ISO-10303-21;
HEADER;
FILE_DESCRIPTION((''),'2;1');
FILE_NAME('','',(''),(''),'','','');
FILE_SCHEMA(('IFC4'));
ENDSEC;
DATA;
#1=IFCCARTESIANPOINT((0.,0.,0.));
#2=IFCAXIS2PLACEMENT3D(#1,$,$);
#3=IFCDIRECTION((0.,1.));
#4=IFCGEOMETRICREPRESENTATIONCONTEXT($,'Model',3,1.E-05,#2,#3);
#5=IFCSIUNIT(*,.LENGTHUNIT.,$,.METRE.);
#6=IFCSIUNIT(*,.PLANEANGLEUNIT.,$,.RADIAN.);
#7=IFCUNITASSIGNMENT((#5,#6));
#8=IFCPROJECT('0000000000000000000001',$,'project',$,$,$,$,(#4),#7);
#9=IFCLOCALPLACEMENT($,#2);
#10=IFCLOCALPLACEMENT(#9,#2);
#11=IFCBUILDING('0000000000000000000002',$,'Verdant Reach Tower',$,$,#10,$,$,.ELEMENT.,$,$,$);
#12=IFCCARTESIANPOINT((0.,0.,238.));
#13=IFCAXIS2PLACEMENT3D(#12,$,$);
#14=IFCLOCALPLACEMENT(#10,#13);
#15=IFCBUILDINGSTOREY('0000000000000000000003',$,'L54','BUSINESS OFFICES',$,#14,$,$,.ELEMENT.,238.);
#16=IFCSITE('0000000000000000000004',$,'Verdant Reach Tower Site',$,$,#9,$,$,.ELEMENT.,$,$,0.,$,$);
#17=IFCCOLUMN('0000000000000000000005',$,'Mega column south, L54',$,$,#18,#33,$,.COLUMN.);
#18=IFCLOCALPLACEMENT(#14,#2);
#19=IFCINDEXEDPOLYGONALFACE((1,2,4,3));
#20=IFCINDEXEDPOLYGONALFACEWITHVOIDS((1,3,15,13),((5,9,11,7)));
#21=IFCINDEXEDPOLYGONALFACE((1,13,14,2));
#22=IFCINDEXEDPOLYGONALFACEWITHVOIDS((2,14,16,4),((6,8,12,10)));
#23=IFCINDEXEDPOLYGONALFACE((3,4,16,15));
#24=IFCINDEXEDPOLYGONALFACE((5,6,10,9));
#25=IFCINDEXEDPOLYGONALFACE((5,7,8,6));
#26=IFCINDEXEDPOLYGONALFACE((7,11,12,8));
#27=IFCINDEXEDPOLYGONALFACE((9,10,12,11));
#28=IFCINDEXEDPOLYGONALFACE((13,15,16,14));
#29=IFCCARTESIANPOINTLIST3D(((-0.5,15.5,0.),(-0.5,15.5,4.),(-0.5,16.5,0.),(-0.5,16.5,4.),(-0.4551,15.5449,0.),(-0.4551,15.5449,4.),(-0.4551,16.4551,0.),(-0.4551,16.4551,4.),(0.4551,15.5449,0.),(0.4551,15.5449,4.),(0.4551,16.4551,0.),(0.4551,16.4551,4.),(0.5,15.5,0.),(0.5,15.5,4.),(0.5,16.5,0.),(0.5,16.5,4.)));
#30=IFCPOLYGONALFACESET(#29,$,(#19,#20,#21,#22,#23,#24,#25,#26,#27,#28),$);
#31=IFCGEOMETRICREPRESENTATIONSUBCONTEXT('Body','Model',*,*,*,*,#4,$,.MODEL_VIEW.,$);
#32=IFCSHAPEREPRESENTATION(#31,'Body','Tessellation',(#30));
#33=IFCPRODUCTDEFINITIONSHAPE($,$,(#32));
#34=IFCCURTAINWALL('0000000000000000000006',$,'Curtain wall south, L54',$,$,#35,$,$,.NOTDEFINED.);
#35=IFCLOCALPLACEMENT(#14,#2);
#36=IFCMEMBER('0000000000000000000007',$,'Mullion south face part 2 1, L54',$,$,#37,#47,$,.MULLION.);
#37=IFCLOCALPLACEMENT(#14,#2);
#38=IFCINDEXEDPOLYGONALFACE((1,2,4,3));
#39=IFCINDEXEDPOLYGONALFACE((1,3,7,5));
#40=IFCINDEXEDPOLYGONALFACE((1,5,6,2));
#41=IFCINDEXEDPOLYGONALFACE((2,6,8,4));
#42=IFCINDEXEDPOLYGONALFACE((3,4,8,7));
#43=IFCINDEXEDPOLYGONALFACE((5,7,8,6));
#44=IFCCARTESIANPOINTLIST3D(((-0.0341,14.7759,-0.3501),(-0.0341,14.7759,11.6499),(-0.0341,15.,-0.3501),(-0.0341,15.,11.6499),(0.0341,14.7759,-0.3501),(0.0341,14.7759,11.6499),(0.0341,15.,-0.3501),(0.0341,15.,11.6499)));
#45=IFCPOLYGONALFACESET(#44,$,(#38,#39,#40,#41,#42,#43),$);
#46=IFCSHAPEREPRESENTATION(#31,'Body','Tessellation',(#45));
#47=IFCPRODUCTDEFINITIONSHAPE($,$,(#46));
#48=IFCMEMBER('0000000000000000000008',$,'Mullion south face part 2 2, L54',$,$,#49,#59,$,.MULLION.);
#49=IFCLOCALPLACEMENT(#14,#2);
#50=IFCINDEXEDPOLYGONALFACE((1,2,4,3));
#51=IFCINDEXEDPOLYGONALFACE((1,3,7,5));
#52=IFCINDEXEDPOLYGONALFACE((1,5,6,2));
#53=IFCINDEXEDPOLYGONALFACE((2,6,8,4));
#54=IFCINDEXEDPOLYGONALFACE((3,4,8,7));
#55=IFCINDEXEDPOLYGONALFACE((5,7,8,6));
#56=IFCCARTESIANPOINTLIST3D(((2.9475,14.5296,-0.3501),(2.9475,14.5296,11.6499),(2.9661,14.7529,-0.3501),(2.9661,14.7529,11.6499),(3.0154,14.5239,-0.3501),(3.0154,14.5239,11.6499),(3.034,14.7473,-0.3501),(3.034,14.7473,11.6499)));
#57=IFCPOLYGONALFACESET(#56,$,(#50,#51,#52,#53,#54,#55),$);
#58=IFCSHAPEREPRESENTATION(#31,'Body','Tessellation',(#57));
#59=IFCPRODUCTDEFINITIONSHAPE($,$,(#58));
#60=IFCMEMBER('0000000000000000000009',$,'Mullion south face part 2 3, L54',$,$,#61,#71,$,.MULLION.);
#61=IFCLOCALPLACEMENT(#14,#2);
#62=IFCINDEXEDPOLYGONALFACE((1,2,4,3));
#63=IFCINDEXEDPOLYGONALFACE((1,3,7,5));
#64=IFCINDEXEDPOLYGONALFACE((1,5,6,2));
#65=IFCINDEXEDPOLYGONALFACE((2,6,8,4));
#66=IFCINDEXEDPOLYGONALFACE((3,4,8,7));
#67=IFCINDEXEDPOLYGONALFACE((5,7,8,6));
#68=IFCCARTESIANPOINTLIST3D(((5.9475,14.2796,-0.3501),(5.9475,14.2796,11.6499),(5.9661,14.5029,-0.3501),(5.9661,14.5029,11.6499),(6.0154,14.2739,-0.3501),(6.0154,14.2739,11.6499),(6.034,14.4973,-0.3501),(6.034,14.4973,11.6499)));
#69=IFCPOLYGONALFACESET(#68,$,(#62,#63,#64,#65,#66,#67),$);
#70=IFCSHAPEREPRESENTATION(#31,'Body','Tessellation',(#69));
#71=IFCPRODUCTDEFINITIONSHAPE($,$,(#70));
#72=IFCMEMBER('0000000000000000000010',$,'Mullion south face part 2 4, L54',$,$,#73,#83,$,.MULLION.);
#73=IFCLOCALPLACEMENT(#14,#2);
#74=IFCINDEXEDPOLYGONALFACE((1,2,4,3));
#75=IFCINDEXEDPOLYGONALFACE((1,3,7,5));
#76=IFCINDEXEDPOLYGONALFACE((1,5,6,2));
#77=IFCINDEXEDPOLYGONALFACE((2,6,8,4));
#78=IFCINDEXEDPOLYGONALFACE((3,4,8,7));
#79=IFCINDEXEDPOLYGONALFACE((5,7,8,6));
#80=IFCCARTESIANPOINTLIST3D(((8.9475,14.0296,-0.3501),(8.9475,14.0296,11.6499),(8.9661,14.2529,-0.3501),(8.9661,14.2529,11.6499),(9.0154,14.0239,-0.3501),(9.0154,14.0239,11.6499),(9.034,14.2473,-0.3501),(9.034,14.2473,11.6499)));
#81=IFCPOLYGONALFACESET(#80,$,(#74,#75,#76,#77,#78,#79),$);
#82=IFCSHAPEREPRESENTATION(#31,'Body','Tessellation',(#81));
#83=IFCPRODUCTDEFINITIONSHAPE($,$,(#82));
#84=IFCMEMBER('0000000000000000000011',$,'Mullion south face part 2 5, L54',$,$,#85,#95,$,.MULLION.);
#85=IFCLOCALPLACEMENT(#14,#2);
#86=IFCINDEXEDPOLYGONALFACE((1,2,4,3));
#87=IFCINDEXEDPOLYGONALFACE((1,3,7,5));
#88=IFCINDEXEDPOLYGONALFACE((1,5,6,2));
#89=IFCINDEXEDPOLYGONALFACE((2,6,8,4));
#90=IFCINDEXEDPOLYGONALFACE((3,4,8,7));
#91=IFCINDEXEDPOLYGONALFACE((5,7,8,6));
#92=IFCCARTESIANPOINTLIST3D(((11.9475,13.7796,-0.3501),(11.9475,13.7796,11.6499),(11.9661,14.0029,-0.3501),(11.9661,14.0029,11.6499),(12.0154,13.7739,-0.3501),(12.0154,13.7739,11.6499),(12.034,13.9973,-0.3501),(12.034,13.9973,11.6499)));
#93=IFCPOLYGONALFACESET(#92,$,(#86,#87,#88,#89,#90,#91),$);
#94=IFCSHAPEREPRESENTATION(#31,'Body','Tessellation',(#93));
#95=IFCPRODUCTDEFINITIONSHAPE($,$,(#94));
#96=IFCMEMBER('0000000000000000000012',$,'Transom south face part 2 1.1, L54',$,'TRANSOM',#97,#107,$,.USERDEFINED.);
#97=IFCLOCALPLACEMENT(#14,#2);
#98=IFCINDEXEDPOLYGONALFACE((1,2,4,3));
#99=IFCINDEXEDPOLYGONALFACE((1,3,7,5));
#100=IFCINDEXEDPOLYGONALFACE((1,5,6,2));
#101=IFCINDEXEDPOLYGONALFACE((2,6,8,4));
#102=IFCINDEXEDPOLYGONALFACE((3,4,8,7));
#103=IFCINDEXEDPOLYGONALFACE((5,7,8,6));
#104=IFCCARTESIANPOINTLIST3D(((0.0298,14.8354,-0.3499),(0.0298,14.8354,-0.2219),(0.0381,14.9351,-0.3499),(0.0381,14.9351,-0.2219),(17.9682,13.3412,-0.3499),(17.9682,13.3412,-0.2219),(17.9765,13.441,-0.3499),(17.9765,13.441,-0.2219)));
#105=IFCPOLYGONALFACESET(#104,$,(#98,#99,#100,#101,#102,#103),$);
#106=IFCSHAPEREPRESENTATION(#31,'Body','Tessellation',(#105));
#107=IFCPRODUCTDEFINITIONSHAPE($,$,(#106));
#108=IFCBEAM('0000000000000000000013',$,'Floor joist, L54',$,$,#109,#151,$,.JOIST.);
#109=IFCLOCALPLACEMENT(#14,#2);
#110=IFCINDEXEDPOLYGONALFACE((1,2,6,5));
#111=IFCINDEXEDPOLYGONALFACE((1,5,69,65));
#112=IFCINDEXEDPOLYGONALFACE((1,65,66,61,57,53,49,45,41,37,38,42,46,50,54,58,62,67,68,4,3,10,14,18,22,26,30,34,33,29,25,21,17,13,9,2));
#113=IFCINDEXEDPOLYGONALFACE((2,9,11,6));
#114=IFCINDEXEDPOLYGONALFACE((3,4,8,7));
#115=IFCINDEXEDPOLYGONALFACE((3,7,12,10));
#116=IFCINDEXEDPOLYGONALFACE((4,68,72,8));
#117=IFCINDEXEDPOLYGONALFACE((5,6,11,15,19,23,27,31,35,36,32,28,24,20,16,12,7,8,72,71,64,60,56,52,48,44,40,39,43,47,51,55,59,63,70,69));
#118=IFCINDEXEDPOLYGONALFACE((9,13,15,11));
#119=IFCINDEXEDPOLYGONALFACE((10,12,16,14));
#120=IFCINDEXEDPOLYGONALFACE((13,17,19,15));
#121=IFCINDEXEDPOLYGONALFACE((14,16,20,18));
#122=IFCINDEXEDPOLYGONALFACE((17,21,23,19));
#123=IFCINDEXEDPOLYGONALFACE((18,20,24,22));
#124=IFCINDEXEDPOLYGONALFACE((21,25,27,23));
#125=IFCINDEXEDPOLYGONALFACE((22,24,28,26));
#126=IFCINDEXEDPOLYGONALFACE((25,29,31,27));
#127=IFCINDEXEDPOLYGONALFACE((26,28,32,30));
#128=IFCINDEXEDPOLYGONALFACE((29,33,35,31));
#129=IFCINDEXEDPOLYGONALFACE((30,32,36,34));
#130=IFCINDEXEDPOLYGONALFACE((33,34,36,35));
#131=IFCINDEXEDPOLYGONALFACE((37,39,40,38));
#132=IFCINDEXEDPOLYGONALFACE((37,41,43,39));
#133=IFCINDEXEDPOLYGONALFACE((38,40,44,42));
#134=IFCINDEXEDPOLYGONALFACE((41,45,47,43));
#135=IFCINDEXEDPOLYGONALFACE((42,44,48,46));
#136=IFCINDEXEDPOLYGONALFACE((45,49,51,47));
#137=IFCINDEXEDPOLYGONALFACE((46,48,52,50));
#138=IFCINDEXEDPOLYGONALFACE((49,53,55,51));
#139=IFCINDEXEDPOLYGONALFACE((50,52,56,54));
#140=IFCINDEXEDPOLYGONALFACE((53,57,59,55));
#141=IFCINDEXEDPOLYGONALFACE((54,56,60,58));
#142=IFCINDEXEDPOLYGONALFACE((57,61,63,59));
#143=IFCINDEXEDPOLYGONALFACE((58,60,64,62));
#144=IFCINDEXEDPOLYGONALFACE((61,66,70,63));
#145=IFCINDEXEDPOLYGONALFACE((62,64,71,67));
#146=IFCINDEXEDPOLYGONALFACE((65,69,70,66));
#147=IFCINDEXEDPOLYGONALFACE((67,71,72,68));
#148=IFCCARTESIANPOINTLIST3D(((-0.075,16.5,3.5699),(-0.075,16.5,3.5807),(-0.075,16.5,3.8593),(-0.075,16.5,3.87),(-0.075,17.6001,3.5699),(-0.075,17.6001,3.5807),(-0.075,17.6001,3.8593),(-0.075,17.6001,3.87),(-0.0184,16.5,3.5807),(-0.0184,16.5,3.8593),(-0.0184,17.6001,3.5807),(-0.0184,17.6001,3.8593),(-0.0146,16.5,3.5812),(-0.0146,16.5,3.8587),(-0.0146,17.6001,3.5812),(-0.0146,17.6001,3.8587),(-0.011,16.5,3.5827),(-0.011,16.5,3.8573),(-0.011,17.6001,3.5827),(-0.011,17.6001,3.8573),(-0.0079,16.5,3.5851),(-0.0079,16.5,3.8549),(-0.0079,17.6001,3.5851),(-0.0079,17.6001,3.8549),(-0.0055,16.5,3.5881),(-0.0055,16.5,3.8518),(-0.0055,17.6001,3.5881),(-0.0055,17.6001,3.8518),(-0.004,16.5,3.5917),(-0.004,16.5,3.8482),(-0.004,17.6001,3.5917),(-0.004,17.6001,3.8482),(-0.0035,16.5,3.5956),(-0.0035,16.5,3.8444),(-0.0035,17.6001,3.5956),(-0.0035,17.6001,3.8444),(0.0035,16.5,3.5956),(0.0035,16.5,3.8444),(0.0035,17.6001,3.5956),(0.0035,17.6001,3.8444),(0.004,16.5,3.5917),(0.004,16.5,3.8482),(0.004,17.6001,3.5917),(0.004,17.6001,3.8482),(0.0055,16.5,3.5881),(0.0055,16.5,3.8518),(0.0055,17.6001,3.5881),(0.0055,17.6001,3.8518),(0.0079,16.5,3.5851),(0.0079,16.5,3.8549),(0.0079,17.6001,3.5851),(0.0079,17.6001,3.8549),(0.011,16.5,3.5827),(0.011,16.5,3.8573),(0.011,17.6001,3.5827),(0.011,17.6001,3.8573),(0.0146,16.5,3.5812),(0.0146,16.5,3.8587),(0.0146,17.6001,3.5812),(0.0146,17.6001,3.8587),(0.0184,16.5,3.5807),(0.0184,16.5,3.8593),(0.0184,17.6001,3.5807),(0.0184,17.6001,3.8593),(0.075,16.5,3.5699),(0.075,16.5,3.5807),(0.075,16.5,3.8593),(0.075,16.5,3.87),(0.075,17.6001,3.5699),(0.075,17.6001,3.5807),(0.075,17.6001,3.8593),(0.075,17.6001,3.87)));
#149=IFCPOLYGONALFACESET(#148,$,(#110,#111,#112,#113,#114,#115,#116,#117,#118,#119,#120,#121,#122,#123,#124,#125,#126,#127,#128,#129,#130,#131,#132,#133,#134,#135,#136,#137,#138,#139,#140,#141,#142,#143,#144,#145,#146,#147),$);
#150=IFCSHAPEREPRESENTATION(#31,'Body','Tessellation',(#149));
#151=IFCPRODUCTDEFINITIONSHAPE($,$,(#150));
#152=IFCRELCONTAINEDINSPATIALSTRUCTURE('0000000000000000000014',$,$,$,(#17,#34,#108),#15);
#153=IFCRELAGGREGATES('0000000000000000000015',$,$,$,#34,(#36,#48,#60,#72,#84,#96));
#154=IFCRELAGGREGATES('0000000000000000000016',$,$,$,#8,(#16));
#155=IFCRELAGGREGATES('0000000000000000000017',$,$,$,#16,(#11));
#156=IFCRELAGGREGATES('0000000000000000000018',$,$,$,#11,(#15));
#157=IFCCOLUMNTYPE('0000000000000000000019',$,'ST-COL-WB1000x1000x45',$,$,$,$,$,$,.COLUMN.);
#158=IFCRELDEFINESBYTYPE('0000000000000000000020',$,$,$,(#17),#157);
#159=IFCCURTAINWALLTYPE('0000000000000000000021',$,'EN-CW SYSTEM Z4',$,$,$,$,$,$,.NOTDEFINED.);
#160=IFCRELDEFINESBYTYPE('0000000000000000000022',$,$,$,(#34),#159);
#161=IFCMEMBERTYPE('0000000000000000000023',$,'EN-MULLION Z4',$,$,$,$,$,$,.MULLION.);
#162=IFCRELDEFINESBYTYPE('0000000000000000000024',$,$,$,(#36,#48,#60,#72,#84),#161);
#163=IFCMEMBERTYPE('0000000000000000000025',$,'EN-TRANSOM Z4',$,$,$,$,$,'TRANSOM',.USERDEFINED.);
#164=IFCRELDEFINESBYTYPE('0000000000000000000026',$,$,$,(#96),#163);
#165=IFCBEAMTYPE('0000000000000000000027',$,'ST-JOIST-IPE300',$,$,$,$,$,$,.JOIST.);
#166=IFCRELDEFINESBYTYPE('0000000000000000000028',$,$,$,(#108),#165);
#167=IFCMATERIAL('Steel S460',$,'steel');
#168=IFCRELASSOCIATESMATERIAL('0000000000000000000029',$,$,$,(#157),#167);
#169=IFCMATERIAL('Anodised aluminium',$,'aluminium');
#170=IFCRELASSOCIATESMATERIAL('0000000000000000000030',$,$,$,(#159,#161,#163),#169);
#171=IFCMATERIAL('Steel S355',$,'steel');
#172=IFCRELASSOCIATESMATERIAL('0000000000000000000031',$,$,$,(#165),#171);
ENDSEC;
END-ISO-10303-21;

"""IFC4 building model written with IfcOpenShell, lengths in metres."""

from ifc_helpers import new_model, si_unit, direction, frame, origin, origin_2d, place, context, subcontext, project, spatial, rectangle, hollow_rectangle, i_section, extrude, material, material_profile, profile_set, type_object, element, aggregate, save


model = new_model("IFC4")

# Units and contexts
model_context = context("Model", 3, precision=1e-05, world=origin(), true_north=direction((0.0, 1.0)))
body_context = subcontext(model_context, "Body", "Model", "MODEL_VIEW")
ifc_project = project(units=[si_unit("LENGTHUNIT", "METRE"), si_unit("PLANEANGLEUNIT", "RADIAN")], contexts=[model_context])

# Site, building, storey
site_placement = place(None, origin())
site = spatial("IfcSite", under=ifc_project, at=site_placement, Name="Verdant Reach Tower Site", CompositionType="ELEMENT", RefElevation=0.0)
building_placement = place(site_placement, origin())
building = spatial("IfcBuilding", under=site, at=building_placement, Name="Verdant Reach Tower", CompositionType="ELEMENT")
storey_placement = place(building_placement, frame((0.0, 0.0, 238.0)))
storey = spatial("IfcBuildingStorey", under=building, at=storey_placement, Name="L54", Description="BUSINESS OFFICES", CompositionType="ELEMENT", Elevation=238.0)

# Column
ifc_material_1 = material(Name="Steel S460", Category="steel")
ifc_material_profile_1 = material_profile(ifc_material_1, hollow_rectangle(XDim=1.0, YDim=1.0, WallThickness=0.0449, at=origin_2d()), Name="WB 1000x1000x45")
ifc_profile_set_1 = profile_set([ifc_material_profile_1], Name="Steel S460")
column_type = type_object("IfcColumnType", Name="ST-COL-WB1000x1000x45", PredefinedType="COLUMN", material=ifc_profile_set_1)
column_placement = place(storey_placement, frame((0.0, 16.0, 0.0), z_axis=(0.0, 0.0, 1.0), x_axis=(1.0, 0.0, 0.0)))
element("IfcColumn", 1, at=column_placement, inside=storey, type_object=column_type, Name="Mega column south, L54", PredefinedType="COLUMN", context=body_context, shape_type="SweptSolid", body=[
    extrude(hollow_rectangle(XDim=1.0, YDim=1.0, WallThickness=0.0449, at=origin_2d()), origin(), (0.0, 0.0, 1.0), 4.0),
])

# Curtain wall, members
ifc_material_2 = material(Name="Anodised aluminium", Category="aluminium")
curtain_wall_type = type_object("IfcCurtainWallType", Name="EN-CW SYSTEM Z4", PredefinedType="NOTDEFINED", material=ifc_material_2)
curtain_wall_placement = place(storey_placement, origin())
curtain_wall = element("IfcCurtainWall", 2, at=curtain_wall_placement, inside=storey, type_object=curtain_wall_type, Name="Curtain wall south, L54", PredefinedType="NOTDEFINED")
ifc_material_profile_2 = material_profile(ifc_material_2, rectangle(XDim=0.2241, YDim=0.0681, at=origin_2d()), Name="Mullion 68x224")
ifc_profile_set_2 = profile_set([ifc_material_profile_2], Name="Anodised aluminium")
member_type_1 = type_object("IfcMemberType", Name="EN-MULLION Z4", PredefinedType="MULLION", material=ifc_profile_set_2)
member_1_placement = place(storey_placement, frame((0.0, 14.8879, -0.3501), z_axis=(0.0, 0.0, 1.0), x_axis=(0.0, -1.0, 0.0)))
member_1 = element("IfcMember", 3, at=member_1_placement, type_object=member_type_1, Name="Mullion south face part 2 1, L54", PredefinedType="MULLION", context=body_context, shape_type="SweptSolid", body=[
    extrude(rectangle(XDim=0.2241, YDim=0.0681, at=origin_2d()), origin(), (0.0, 0.0, 1.0), 12.0),
])
member_2_placement = place(storey_placement, frame((2.9907, 14.6384, -0.3501), z_axis=(0.0, 0.0, 1.0), x_axis=(-0.083045, -0.996546, 0.0)))
member_2 = element("IfcMember", 4, at=member_2_placement, type_object=member_type_1, Name="Mullion south face part 2 2, L54", PredefinedType="MULLION", context=body_context, shape_type="SweptSolid", body=[
    extrude(rectangle(XDim=0.2241, YDim=0.0681, at=origin_2d()), origin(), (0.0, 0.0, 1.0), 12.0),
])
member_3_placement = place(storey_placement, frame((5.9907, 14.3884, -0.3501), z_axis=(0.0, 0.0, 1.0), x_axis=(-0.083045, -0.996546, 0.0)))
member_3 = element("IfcMember", 5, at=member_3_placement, type_object=member_type_1, Name="Mullion south face part 2 3, L54", PredefinedType="MULLION", context=body_context, shape_type="SweptSolid", body=[
    extrude(rectangle(XDim=0.2241, YDim=0.0681, at=origin_2d()), origin(), (0.0, 0.0, 1.0), 12.0),
])
member_4_placement = place(storey_placement, frame((8.9907, 14.1384, -0.3501), z_axis=(0.0, 0.0, 1.0), x_axis=(-0.083045, -0.996546, 0.0)))
member_4 = element("IfcMember", 6, at=member_4_placement, type_object=member_type_1, Name="Mullion south face part 2 4, L54", PredefinedType="MULLION", context=body_context, shape_type="SweptSolid", body=[
    extrude(rectangle(XDim=0.2241, YDim=0.0681, at=origin_2d()), origin(), (0.0, 0.0, 1.0), 12.0),
])
member_5_placement = place(storey_placement, frame((11.9907, 13.8884, -0.3501), z_axis=(0.0, 0.0, 1.0), x_axis=(-0.083045, -0.996546, 0.0)))
member_5 = element("IfcMember", 7, at=member_5_placement, type_object=member_type_1, Name="Mullion south face part 2 5, L54", PredefinedType="MULLION", context=body_context, shape_type="SweptSolid", body=[
    extrude(rectangle(XDim=0.2241, YDim=0.0681, at=origin_2d()), origin(), (0.0, 0.0, 1.0), 12.0),
])
ifc_material_profile_3 = material_profile(ifc_material_2, rectangle(XDim=0.1001, YDim=0.1279, at=origin_2d()), Name="Transom 128x100")
ifc_profile_set_3 = profile_set([ifc_material_profile_3], Name="Anodised aluminium")
member_type_2 = type_object("IfcMemberType", Name="EN-TRANSOM Z4", ElementType="TRANSOM", PredefinedType="USERDEFINED", material=ifc_profile_set_3)
member_6_placement = place(storey_placement, frame((0.0339, 14.8853, -0.2859), z_axis=(0.996549, -0.083005, 0.0), x_axis=(0.083005, 0.996549, 0.0)))
member_6 = element("IfcMember", 8, at=member_6_placement, type_object=member_type_2, Name="Transom south face part 2 1.1, L54", ObjectType="TRANSOM", PredefinedType="USERDEFINED", context=body_context, shape_type="SweptSolid", body=[
    extrude(rectangle(XDim=0.1001, YDim=0.1279, at=origin_2d()), origin(), (0.0, 0.0, 1.0), 18.0005),
])

# Beam
ifc_material_3 = material(Name="Steel S355", Category="steel")
ifc_material_profile_4 = material_profile(ifc_material_3, i_section(OverallWidth=0.1499, OverallDepth=0.3, WebThickness=0.0071, FlangeThickness=0.0107, FilletRadius=0.0149, at=origin_2d()), Name="IPE 300")
ifc_profile_set_4 = profile_set([ifc_material_profile_4], Name="Steel S355")
beam_type = type_object("IfcBeamType", Name="ST-JOIST-IPE300", PredefinedType="JOIST", material=ifc_profile_set_4)
beam_1_placement = place(storey_placement, frame((0.0, 17.6001, 3.72), z_axis=(0.0, -1.0, 0.0), x_axis=(1.0, 0.0, 0.0)))
element("IfcBeam", 9, at=beam_1_placement, inside=storey, type_object=beam_type, Name="Floor joist, L54", PredefinedType="JOIST", context=body_context, shape_type="SweptSolid", body=[
    extrude(i_section(OverallWidth=0.1499, OverallDepth=0.3, WebThickness=0.0071, FlangeThickness=0.0107, FilletRadius=0.0149, at=origin_2d()), origin(), (0.0, 0.0, 1.0), 1.1001),
])

aggregate(curtain_wall, [member_1, member_2, member_3, member_4, member_5, member_6])

save(model, "model.ifc")
